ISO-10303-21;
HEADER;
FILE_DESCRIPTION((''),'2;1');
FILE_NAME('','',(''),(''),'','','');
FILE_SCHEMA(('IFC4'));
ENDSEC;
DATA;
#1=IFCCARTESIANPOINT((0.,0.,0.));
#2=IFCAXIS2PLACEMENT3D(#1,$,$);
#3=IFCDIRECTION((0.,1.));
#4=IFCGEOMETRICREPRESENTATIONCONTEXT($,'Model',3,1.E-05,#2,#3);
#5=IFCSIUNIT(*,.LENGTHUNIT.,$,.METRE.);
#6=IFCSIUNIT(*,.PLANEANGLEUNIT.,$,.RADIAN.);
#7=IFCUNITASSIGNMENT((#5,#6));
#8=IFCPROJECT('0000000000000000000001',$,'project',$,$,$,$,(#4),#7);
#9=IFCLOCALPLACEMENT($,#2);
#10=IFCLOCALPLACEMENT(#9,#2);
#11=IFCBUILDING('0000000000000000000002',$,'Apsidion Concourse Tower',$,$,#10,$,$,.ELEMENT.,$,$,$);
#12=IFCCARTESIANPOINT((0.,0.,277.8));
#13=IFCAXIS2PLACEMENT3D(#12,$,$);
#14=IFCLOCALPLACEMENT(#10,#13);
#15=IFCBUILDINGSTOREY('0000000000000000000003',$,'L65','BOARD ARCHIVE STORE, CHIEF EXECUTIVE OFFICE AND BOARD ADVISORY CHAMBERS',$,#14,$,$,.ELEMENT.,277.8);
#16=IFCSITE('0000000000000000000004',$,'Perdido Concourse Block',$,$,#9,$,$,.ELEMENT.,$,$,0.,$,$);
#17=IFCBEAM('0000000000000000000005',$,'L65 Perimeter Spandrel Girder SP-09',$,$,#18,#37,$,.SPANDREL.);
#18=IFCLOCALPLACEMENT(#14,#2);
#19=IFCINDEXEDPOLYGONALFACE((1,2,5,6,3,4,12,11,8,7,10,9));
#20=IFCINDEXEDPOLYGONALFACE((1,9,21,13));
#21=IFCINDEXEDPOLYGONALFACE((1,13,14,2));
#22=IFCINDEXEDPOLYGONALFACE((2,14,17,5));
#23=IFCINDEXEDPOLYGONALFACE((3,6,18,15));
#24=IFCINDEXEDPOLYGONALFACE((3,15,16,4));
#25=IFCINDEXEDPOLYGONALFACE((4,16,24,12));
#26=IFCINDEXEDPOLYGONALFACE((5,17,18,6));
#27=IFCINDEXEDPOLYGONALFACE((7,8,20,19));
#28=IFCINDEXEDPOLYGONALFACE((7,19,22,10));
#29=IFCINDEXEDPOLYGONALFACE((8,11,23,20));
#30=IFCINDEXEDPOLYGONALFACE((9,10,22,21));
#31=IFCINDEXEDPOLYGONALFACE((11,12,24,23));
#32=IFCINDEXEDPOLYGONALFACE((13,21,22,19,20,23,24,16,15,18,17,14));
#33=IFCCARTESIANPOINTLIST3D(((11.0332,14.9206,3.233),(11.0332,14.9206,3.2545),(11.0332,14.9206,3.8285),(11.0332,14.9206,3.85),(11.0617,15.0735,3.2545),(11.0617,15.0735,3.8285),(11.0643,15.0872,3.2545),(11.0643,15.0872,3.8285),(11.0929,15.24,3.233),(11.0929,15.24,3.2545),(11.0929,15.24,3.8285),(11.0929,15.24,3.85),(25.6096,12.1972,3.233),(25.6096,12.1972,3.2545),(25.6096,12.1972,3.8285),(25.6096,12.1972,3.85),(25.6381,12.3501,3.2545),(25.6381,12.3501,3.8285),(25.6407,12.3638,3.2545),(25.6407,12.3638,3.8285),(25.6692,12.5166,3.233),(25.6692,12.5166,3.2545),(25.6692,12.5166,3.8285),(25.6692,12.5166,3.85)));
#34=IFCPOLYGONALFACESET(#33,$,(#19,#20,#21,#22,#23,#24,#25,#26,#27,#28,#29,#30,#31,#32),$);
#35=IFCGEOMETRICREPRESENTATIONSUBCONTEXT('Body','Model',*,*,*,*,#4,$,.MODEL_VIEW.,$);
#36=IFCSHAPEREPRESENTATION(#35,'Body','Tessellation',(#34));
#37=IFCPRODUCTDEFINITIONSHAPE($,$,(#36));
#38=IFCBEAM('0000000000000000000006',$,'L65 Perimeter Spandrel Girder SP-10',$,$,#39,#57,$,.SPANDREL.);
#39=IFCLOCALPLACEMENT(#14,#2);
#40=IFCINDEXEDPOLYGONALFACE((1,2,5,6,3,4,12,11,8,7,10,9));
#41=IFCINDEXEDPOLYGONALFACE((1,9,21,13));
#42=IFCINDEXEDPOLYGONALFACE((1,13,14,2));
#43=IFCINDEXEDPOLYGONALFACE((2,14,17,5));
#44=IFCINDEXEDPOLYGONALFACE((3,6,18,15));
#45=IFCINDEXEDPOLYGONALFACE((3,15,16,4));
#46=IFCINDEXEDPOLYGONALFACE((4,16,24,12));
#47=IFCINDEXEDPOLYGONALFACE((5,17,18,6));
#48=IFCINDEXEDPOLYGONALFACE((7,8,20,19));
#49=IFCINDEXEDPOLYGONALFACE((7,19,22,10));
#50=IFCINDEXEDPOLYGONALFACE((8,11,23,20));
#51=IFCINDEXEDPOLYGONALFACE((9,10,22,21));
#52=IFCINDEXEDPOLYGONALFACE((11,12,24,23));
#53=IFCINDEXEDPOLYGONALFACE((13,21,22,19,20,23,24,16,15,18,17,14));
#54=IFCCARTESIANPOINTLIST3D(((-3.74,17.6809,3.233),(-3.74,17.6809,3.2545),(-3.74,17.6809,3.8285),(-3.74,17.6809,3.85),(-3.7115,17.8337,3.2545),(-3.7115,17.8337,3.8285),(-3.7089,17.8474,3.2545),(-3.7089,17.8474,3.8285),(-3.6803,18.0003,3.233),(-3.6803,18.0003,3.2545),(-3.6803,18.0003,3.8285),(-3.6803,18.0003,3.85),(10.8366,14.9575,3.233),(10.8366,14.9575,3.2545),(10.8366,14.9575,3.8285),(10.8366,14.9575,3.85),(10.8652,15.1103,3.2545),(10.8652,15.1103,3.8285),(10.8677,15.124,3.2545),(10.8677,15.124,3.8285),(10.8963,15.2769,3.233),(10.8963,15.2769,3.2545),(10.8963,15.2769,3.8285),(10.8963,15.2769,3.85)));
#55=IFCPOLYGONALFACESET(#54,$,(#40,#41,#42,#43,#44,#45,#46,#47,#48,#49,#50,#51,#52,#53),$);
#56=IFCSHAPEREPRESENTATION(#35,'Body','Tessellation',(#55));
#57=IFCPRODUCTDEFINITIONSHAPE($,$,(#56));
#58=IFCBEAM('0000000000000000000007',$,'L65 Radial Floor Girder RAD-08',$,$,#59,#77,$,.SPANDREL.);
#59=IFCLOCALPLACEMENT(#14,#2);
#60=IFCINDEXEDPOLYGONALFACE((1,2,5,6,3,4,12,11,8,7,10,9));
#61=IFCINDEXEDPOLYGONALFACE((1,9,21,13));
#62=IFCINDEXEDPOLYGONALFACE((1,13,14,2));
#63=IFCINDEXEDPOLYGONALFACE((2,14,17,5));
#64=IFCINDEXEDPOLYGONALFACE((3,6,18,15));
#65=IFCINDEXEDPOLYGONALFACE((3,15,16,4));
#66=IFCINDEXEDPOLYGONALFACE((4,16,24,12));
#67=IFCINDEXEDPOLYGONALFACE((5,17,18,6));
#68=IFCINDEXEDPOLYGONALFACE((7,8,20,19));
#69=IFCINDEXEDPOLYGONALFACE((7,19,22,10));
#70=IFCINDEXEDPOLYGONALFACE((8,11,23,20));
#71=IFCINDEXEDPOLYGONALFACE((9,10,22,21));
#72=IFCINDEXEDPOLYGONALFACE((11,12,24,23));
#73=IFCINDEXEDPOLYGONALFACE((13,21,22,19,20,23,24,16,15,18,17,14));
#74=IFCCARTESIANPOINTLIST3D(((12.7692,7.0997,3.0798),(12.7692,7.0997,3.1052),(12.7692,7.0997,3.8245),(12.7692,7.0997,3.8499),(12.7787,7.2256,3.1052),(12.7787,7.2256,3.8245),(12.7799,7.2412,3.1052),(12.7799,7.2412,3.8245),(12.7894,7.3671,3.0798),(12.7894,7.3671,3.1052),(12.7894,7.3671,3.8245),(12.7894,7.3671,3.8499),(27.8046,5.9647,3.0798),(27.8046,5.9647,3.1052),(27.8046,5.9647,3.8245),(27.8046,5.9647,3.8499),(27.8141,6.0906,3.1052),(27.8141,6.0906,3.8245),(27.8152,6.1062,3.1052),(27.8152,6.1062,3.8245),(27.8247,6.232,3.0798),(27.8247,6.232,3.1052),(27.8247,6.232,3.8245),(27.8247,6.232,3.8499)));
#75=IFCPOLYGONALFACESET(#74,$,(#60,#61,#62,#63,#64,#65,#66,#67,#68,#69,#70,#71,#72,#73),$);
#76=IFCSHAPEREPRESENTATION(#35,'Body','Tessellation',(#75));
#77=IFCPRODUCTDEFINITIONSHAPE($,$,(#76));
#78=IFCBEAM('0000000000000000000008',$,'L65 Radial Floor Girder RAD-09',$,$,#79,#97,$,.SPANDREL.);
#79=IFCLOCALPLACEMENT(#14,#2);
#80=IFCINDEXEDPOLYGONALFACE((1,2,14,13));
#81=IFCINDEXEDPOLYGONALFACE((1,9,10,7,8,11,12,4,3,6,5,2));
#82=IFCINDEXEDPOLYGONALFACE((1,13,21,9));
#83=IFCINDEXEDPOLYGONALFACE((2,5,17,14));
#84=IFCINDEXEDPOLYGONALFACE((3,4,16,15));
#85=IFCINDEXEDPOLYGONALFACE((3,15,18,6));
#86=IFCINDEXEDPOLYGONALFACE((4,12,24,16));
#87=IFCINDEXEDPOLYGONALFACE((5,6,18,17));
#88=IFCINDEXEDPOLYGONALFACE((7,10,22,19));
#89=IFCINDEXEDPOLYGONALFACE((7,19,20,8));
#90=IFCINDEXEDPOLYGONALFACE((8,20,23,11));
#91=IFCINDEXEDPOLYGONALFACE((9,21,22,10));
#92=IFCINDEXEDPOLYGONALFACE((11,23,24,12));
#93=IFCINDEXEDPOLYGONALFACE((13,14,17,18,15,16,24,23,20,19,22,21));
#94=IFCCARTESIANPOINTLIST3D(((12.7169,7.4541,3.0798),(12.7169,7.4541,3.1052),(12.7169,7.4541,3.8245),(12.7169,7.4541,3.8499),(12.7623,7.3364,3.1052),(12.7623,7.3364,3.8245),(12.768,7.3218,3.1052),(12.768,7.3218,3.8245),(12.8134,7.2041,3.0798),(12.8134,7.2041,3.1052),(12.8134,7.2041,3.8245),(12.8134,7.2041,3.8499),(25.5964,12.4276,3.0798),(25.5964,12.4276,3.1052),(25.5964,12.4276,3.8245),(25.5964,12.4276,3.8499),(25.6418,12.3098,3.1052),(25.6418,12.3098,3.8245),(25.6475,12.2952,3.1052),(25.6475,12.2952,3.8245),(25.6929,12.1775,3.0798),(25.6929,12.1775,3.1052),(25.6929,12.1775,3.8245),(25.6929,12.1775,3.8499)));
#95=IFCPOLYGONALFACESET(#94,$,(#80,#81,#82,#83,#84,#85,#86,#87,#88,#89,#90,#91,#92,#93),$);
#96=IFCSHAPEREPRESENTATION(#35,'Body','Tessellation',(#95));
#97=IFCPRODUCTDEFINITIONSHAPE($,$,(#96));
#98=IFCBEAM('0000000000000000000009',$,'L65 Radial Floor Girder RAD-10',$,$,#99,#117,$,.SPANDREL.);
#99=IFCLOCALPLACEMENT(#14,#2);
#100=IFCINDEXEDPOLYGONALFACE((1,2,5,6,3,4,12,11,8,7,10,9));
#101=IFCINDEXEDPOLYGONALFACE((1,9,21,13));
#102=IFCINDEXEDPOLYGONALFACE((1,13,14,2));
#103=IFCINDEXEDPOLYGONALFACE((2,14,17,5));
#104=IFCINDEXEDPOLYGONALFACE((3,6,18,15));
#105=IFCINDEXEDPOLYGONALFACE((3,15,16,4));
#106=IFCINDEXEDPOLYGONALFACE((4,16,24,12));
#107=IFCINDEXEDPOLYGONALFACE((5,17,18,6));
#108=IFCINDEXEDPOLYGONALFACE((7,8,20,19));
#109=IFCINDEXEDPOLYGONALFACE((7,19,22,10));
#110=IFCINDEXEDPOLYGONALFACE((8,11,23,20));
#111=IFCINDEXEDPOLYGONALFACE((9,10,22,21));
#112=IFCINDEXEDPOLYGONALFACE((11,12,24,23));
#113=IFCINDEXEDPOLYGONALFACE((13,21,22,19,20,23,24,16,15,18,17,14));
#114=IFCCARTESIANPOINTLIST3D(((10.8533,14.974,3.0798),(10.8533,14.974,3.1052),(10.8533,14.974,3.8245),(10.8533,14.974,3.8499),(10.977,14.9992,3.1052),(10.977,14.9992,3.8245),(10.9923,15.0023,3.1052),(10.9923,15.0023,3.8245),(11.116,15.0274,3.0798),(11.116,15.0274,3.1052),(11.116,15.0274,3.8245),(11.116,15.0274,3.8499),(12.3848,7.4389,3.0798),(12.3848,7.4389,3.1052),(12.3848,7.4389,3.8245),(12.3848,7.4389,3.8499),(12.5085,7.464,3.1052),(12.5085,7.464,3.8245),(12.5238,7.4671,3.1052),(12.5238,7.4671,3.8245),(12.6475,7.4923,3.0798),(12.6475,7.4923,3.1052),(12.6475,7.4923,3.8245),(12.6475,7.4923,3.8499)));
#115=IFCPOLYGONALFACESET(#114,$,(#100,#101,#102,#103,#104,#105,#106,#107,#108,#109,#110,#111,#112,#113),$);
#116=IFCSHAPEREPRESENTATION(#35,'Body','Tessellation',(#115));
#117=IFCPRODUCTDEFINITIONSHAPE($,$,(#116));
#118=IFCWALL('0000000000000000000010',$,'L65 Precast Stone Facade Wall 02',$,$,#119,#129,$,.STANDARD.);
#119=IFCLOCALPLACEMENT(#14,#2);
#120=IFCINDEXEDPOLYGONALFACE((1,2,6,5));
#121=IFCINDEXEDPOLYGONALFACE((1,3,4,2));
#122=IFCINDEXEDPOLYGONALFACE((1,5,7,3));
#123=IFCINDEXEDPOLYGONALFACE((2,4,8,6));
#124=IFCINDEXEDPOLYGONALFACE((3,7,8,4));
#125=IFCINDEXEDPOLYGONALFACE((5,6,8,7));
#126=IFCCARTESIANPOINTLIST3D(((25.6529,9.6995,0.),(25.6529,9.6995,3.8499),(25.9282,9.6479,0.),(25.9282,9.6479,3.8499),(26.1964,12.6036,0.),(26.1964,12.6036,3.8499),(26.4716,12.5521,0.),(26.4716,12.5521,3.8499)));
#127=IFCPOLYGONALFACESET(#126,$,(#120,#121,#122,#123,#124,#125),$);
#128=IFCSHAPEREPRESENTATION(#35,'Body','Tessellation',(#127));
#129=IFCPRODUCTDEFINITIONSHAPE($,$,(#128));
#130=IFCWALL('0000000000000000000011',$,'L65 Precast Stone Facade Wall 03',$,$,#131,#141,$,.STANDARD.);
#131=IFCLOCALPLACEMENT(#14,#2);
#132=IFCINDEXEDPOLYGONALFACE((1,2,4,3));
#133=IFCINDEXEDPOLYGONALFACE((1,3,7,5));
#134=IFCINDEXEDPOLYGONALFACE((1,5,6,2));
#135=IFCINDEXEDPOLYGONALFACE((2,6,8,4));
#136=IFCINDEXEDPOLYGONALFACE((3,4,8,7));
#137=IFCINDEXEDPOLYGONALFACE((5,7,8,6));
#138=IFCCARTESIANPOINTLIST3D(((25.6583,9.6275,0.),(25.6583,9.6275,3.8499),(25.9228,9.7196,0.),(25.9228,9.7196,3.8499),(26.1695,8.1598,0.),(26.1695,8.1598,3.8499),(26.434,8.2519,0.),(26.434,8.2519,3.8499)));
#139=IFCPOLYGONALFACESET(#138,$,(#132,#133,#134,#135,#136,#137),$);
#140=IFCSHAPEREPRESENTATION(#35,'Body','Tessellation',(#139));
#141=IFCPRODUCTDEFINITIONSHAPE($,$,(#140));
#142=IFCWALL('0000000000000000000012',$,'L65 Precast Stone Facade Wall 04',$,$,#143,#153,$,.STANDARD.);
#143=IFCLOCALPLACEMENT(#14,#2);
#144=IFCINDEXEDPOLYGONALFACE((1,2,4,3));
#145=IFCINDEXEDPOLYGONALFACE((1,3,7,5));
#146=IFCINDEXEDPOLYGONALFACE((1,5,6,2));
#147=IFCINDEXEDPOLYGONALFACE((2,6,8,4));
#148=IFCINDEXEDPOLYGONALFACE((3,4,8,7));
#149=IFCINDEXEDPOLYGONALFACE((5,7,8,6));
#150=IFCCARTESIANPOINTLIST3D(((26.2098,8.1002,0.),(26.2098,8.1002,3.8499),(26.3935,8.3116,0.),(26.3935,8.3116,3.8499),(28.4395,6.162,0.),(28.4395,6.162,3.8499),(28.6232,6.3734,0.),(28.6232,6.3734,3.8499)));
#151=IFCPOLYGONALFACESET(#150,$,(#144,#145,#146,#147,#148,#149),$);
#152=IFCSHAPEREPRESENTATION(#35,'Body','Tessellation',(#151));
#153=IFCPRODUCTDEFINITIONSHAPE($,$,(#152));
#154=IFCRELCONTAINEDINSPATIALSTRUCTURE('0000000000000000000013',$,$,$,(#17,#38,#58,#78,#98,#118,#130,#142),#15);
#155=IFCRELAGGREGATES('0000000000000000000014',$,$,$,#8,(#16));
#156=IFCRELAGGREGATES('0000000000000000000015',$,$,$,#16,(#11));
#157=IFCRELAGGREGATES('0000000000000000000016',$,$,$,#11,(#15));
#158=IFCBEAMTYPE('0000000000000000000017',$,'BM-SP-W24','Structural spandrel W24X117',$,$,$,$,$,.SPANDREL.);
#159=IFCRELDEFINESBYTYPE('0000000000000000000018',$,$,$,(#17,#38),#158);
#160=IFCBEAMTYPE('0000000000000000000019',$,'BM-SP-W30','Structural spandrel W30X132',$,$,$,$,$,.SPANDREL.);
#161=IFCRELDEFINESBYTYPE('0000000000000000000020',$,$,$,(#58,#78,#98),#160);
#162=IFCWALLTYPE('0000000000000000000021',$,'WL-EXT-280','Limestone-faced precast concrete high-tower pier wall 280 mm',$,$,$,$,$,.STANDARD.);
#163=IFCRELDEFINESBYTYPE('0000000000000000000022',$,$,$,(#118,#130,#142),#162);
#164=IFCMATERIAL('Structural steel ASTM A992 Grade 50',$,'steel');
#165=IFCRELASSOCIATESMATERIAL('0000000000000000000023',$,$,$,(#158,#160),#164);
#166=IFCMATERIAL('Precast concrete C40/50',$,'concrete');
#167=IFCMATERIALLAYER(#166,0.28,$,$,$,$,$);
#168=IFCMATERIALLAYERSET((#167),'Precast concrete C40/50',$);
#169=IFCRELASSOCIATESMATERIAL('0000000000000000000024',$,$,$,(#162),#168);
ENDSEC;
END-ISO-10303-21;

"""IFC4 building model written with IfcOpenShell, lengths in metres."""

from ifc_helpers import new_model, si_unit, direction, frame, frame_2d, origin, origin_2d, place, context, subcontext, project, spatial, rectangle, i_section, extrude, material, layer, layer_set, material_profile, profile_set, type_object, element, save


model = new_model("IFC4")

# Units and contexts
model_context = context("Model", 3, precision=1e-05, world=origin(), true_north=direction((0.0, 1.0)))
body_context = subcontext(model_context, "Body", "Model", "MODEL_VIEW")
ifc_project = project(units=[si_unit("LENGTHUNIT", "METRE"), si_unit("PLANEANGLEUNIT", "RADIAN")], contexts=[model_context])

# Site, building, storey
site_placement = place(None, origin())
site = spatial("IfcSite", under=ifc_project, at=site_placement, Name="Perdido Concourse Block", CompositionType="ELEMENT", RefElevation=0.0)
building_placement = place(site_placement, origin())
building = spatial("IfcBuilding", under=site, at=building_placement, Name="Apsidion Concourse Tower", CompositionType="ELEMENT")
storey_placement = place(building_placement, frame((0.0, 0.0, 277.8)))
storey = spatial("IfcBuildingStorey", under=building, at=storey_placement, Name="L65", Description="BOARD ARCHIVE STORE, CHIEF EXECUTIVE OFFICE AND BOARD ADVISORY CHAMBERS", CompositionType="ELEMENT", Elevation=277.8)

# Shared definitions
ifc_material_1 = material(Name="Structural steel ASTM A992 Grade 50", Category="steel")

# Beams
ifc_material_profile_1 = material_profile(ifc_material_1, i_section(OverallWidth=0.325, OverallDepth=0.6169, WebThickness=0.0139, FlangeThickness=0.0215, at=origin_2d()), Name="W24X117")
ifc_profile_set_1 = profile_set([ifc_material_profile_1], Name="Structural steel ASTM A992 Grade 50")
beam_type_1 = type_object("IfcBeamType", Name="BM-SP-W24", Description="Structural spandrel W24X117", PredefinedType="SPANDREL", material=ifc_profile_set_1)
beam_1_placement = place(storey_placement, frame((25.6394, 12.3569, 3.5415), z_axis=(-0.98299, 0.183657, 0.0), x_axis=(-0.183657, -0.98299, 0.0)))
element("IfcBeam", 1, at=beam_1_placement, inside=storey, type_object=beam_type_1, Name="L65 Perimeter Spandrel Girder SP-09", PredefinedType="SPANDREL", context=body_context, shape_type="SweptSolid", body=[
    extrude(i_section(OverallWidth=0.325, OverallDepth=0.6169, WebThickness=0.0139, FlangeThickness=0.0215, at=origin_2d()), origin(), (0.0, 0.0, 1.0), 14.8286),
])
beam_2_placement = place(storey_placement, frame((10.8665, 15.1172, 3.5415), z_axis=(-0.982991, 0.183654, 0.0), x_axis=(-0.183654, -0.982991, 0.0)))
element("IfcBeam", 2, at=beam_2_placement, inside=storey, type_object=beam_type_1, Name="L65 Perimeter Spandrel Girder SP-10", PredefinedType="SPANDREL", context=body_context, shape_type="SweptSolid", body=[
    extrude(i_section(OverallWidth=0.325, OverallDepth=0.6169, WebThickness=0.0139, FlangeThickness=0.0215, at=origin_2d()), origin(), (0.0, 0.0, 1.0), 14.8289),
])
ifc_material_profile_2 = material_profile(ifc_material_1, i_section(OverallWidth=0.2681, OverallDepth=0.77, WebThickness=0.0156, FlangeThickness=0.0254, at=origin_2d()), Name="W30X132")
ifc_profile_set_2 = profile_set([ifc_material_profile_2], Name="Structural steel ASTM A992 Grade 50")
beam_type_2 = type_object("IfcBeamType", Name="BM-SP-W30", Description="Structural spandrel W30X132", PredefinedType="SPANDREL", material=ifc_profile_set_2)
beam_3_placement = place(storey_placement, frame((12.7793, 7.2334, 3.4648), z_axis=(0.997163, -0.075275, 0.0), x_axis=(0.075275, 0.997163, 0.0)))
element("IfcBeam", 3, at=beam_3_placement, inside=storey, type_object=beam_type_2, Name="L65 Radial Floor Girder RAD-08", PredefinedType="SPANDREL", context=body_context, shape_type="SweptSolid", body=[
    extrude(i_section(OverallWidth=0.2681, OverallDepth=0.77, WebThickness=0.0156, FlangeThickness=0.0254, at=origin_2d()), origin(), (0.0, 0.0, 1.0), 15.0781),
])
beam_4_placement = place(storey_placement, frame((12.7651, 7.3291, 3.4648), z_axis=(0.932865, 0.360227, 0.0), x_axis=(-0.360227, 0.932865, 0.0)))
element("IfcBeam", 4, at=beam_4_placement, inside=storey, type_object=beam_type_2, Name="L65 Radial Floor Girder RAD-09", PredefinedType="SPANDREL", context=body_context, shape_type="SweptSolid", body=[
    extrude(i_section(OverallWidth=0.2681, OverallDepth=0.77, WebThickness=0.0156, FlangeThickness=0.0254, at=origin_2d()), origin(), (0.0, 0.0, 1.0), 13.8064),
])
beam_5_placement = place(storey_placement, frame((12.5161, 7.4656, 3.4648), z_axis=(-0.199174, 0.979964, 0.0), x_axis=(-0.979964, -0.199174, 0.0)))
element("IfcBeam", 5, at=beam_5_placement, inside=storey, type_object=beam_type_2, Name="L65 Radial Floor Girder RAD-10", PredefinedType="SPANDREL", context=body_context, shape_type="SweptSolid", body=[
    extrude(i_section(OverallWidth=0.2681, OverallDepth=0.77, WebThickness=0.0156, FlangeThickness=0.0254, at=origin_2d()), origin(), (0.0, 0.0, 1.0), 7.6892),
])

# Walls
ifc_material_2 = material(Name="Precast concrete C40/50", Category="concrete")
ifc_layer_1 = layer(ifc_material_2, 0.28)
ifc_layer_set_1 = layer_set([ifc_layer_1], Name="Precast concrete C40/50")
wall_type_1 = type_object("IfcWallType", Name="WL-EXT-280", Description="Limestone-faced precast concrete high-tower pier wall 280 mm", PredefinedType="STANDARD", material=ifc_layer_set_1)
wall_1_placement = place(storey_placement, frame((26.334, 12.5779, 0.0), z_axis=(0.0, 0.0, 1.0), x_axis=(-0.183929, -0.982939, 0.0)))
element("IfcWall", 6, at=wall_1_placement, inside=storey, type_object=wall_type_1, Name="L65 Precast Stone Facade Wall 02", PredefinedType="STANDARD", context=body_context, shape_type="SweptSolid", body=[
    extrude(rectangle(XDim=2.9546, YDim=0.28, at=frame_2d((1.4773, 0.0))), origin(), (0.0, 0.0, 1.0), 3.8499),
])
wall_2_placement = place(storey_placement, frame((25.7905, 9.6736, 0.0), z_axis=(0.0, 0.0, 1.0), x_axis=(0.328923, -0.944357, 0.0)))
element("IfcWall", 7, at=wall_2_placement, inside=storey, type_object=wall_type_1, Name="L65 Precast Stone Facade Wall 03", PredefinedType="STANDARD", context=body_context, shape_type="SweptSolid", body=[
    extrude(rectangle(XDim=1.5542, YDim=0.28, at=frame_2d((0.7771, 0.0))), origin(), (0.0, 0.0, 1.0), 3.8499),
])
wall_3_placement = place(storey_placement, frame((26.3018, 8.2058, 0.0), z_axis=(0.0, 0.0, 1.0), x_axis=(0.754718, -0.65605, 0.0)))
element("IfcWall", 8, at=wall_3_placement, inside=storey, type_object=wall_type_1, Name="L65 Precast Stone Facade Wall 04", PredefinedType="STANDARD", context=body_context, shape_type="SweptSolid", body=[
    extrude(rectangle(XDim=2.9543, YDim=0.28, at=frame_2d((1.4771, 0.0))), origin(), (0.0, 0.0, 1.0), 3.8499),
])

save(model, "model.ifc")
